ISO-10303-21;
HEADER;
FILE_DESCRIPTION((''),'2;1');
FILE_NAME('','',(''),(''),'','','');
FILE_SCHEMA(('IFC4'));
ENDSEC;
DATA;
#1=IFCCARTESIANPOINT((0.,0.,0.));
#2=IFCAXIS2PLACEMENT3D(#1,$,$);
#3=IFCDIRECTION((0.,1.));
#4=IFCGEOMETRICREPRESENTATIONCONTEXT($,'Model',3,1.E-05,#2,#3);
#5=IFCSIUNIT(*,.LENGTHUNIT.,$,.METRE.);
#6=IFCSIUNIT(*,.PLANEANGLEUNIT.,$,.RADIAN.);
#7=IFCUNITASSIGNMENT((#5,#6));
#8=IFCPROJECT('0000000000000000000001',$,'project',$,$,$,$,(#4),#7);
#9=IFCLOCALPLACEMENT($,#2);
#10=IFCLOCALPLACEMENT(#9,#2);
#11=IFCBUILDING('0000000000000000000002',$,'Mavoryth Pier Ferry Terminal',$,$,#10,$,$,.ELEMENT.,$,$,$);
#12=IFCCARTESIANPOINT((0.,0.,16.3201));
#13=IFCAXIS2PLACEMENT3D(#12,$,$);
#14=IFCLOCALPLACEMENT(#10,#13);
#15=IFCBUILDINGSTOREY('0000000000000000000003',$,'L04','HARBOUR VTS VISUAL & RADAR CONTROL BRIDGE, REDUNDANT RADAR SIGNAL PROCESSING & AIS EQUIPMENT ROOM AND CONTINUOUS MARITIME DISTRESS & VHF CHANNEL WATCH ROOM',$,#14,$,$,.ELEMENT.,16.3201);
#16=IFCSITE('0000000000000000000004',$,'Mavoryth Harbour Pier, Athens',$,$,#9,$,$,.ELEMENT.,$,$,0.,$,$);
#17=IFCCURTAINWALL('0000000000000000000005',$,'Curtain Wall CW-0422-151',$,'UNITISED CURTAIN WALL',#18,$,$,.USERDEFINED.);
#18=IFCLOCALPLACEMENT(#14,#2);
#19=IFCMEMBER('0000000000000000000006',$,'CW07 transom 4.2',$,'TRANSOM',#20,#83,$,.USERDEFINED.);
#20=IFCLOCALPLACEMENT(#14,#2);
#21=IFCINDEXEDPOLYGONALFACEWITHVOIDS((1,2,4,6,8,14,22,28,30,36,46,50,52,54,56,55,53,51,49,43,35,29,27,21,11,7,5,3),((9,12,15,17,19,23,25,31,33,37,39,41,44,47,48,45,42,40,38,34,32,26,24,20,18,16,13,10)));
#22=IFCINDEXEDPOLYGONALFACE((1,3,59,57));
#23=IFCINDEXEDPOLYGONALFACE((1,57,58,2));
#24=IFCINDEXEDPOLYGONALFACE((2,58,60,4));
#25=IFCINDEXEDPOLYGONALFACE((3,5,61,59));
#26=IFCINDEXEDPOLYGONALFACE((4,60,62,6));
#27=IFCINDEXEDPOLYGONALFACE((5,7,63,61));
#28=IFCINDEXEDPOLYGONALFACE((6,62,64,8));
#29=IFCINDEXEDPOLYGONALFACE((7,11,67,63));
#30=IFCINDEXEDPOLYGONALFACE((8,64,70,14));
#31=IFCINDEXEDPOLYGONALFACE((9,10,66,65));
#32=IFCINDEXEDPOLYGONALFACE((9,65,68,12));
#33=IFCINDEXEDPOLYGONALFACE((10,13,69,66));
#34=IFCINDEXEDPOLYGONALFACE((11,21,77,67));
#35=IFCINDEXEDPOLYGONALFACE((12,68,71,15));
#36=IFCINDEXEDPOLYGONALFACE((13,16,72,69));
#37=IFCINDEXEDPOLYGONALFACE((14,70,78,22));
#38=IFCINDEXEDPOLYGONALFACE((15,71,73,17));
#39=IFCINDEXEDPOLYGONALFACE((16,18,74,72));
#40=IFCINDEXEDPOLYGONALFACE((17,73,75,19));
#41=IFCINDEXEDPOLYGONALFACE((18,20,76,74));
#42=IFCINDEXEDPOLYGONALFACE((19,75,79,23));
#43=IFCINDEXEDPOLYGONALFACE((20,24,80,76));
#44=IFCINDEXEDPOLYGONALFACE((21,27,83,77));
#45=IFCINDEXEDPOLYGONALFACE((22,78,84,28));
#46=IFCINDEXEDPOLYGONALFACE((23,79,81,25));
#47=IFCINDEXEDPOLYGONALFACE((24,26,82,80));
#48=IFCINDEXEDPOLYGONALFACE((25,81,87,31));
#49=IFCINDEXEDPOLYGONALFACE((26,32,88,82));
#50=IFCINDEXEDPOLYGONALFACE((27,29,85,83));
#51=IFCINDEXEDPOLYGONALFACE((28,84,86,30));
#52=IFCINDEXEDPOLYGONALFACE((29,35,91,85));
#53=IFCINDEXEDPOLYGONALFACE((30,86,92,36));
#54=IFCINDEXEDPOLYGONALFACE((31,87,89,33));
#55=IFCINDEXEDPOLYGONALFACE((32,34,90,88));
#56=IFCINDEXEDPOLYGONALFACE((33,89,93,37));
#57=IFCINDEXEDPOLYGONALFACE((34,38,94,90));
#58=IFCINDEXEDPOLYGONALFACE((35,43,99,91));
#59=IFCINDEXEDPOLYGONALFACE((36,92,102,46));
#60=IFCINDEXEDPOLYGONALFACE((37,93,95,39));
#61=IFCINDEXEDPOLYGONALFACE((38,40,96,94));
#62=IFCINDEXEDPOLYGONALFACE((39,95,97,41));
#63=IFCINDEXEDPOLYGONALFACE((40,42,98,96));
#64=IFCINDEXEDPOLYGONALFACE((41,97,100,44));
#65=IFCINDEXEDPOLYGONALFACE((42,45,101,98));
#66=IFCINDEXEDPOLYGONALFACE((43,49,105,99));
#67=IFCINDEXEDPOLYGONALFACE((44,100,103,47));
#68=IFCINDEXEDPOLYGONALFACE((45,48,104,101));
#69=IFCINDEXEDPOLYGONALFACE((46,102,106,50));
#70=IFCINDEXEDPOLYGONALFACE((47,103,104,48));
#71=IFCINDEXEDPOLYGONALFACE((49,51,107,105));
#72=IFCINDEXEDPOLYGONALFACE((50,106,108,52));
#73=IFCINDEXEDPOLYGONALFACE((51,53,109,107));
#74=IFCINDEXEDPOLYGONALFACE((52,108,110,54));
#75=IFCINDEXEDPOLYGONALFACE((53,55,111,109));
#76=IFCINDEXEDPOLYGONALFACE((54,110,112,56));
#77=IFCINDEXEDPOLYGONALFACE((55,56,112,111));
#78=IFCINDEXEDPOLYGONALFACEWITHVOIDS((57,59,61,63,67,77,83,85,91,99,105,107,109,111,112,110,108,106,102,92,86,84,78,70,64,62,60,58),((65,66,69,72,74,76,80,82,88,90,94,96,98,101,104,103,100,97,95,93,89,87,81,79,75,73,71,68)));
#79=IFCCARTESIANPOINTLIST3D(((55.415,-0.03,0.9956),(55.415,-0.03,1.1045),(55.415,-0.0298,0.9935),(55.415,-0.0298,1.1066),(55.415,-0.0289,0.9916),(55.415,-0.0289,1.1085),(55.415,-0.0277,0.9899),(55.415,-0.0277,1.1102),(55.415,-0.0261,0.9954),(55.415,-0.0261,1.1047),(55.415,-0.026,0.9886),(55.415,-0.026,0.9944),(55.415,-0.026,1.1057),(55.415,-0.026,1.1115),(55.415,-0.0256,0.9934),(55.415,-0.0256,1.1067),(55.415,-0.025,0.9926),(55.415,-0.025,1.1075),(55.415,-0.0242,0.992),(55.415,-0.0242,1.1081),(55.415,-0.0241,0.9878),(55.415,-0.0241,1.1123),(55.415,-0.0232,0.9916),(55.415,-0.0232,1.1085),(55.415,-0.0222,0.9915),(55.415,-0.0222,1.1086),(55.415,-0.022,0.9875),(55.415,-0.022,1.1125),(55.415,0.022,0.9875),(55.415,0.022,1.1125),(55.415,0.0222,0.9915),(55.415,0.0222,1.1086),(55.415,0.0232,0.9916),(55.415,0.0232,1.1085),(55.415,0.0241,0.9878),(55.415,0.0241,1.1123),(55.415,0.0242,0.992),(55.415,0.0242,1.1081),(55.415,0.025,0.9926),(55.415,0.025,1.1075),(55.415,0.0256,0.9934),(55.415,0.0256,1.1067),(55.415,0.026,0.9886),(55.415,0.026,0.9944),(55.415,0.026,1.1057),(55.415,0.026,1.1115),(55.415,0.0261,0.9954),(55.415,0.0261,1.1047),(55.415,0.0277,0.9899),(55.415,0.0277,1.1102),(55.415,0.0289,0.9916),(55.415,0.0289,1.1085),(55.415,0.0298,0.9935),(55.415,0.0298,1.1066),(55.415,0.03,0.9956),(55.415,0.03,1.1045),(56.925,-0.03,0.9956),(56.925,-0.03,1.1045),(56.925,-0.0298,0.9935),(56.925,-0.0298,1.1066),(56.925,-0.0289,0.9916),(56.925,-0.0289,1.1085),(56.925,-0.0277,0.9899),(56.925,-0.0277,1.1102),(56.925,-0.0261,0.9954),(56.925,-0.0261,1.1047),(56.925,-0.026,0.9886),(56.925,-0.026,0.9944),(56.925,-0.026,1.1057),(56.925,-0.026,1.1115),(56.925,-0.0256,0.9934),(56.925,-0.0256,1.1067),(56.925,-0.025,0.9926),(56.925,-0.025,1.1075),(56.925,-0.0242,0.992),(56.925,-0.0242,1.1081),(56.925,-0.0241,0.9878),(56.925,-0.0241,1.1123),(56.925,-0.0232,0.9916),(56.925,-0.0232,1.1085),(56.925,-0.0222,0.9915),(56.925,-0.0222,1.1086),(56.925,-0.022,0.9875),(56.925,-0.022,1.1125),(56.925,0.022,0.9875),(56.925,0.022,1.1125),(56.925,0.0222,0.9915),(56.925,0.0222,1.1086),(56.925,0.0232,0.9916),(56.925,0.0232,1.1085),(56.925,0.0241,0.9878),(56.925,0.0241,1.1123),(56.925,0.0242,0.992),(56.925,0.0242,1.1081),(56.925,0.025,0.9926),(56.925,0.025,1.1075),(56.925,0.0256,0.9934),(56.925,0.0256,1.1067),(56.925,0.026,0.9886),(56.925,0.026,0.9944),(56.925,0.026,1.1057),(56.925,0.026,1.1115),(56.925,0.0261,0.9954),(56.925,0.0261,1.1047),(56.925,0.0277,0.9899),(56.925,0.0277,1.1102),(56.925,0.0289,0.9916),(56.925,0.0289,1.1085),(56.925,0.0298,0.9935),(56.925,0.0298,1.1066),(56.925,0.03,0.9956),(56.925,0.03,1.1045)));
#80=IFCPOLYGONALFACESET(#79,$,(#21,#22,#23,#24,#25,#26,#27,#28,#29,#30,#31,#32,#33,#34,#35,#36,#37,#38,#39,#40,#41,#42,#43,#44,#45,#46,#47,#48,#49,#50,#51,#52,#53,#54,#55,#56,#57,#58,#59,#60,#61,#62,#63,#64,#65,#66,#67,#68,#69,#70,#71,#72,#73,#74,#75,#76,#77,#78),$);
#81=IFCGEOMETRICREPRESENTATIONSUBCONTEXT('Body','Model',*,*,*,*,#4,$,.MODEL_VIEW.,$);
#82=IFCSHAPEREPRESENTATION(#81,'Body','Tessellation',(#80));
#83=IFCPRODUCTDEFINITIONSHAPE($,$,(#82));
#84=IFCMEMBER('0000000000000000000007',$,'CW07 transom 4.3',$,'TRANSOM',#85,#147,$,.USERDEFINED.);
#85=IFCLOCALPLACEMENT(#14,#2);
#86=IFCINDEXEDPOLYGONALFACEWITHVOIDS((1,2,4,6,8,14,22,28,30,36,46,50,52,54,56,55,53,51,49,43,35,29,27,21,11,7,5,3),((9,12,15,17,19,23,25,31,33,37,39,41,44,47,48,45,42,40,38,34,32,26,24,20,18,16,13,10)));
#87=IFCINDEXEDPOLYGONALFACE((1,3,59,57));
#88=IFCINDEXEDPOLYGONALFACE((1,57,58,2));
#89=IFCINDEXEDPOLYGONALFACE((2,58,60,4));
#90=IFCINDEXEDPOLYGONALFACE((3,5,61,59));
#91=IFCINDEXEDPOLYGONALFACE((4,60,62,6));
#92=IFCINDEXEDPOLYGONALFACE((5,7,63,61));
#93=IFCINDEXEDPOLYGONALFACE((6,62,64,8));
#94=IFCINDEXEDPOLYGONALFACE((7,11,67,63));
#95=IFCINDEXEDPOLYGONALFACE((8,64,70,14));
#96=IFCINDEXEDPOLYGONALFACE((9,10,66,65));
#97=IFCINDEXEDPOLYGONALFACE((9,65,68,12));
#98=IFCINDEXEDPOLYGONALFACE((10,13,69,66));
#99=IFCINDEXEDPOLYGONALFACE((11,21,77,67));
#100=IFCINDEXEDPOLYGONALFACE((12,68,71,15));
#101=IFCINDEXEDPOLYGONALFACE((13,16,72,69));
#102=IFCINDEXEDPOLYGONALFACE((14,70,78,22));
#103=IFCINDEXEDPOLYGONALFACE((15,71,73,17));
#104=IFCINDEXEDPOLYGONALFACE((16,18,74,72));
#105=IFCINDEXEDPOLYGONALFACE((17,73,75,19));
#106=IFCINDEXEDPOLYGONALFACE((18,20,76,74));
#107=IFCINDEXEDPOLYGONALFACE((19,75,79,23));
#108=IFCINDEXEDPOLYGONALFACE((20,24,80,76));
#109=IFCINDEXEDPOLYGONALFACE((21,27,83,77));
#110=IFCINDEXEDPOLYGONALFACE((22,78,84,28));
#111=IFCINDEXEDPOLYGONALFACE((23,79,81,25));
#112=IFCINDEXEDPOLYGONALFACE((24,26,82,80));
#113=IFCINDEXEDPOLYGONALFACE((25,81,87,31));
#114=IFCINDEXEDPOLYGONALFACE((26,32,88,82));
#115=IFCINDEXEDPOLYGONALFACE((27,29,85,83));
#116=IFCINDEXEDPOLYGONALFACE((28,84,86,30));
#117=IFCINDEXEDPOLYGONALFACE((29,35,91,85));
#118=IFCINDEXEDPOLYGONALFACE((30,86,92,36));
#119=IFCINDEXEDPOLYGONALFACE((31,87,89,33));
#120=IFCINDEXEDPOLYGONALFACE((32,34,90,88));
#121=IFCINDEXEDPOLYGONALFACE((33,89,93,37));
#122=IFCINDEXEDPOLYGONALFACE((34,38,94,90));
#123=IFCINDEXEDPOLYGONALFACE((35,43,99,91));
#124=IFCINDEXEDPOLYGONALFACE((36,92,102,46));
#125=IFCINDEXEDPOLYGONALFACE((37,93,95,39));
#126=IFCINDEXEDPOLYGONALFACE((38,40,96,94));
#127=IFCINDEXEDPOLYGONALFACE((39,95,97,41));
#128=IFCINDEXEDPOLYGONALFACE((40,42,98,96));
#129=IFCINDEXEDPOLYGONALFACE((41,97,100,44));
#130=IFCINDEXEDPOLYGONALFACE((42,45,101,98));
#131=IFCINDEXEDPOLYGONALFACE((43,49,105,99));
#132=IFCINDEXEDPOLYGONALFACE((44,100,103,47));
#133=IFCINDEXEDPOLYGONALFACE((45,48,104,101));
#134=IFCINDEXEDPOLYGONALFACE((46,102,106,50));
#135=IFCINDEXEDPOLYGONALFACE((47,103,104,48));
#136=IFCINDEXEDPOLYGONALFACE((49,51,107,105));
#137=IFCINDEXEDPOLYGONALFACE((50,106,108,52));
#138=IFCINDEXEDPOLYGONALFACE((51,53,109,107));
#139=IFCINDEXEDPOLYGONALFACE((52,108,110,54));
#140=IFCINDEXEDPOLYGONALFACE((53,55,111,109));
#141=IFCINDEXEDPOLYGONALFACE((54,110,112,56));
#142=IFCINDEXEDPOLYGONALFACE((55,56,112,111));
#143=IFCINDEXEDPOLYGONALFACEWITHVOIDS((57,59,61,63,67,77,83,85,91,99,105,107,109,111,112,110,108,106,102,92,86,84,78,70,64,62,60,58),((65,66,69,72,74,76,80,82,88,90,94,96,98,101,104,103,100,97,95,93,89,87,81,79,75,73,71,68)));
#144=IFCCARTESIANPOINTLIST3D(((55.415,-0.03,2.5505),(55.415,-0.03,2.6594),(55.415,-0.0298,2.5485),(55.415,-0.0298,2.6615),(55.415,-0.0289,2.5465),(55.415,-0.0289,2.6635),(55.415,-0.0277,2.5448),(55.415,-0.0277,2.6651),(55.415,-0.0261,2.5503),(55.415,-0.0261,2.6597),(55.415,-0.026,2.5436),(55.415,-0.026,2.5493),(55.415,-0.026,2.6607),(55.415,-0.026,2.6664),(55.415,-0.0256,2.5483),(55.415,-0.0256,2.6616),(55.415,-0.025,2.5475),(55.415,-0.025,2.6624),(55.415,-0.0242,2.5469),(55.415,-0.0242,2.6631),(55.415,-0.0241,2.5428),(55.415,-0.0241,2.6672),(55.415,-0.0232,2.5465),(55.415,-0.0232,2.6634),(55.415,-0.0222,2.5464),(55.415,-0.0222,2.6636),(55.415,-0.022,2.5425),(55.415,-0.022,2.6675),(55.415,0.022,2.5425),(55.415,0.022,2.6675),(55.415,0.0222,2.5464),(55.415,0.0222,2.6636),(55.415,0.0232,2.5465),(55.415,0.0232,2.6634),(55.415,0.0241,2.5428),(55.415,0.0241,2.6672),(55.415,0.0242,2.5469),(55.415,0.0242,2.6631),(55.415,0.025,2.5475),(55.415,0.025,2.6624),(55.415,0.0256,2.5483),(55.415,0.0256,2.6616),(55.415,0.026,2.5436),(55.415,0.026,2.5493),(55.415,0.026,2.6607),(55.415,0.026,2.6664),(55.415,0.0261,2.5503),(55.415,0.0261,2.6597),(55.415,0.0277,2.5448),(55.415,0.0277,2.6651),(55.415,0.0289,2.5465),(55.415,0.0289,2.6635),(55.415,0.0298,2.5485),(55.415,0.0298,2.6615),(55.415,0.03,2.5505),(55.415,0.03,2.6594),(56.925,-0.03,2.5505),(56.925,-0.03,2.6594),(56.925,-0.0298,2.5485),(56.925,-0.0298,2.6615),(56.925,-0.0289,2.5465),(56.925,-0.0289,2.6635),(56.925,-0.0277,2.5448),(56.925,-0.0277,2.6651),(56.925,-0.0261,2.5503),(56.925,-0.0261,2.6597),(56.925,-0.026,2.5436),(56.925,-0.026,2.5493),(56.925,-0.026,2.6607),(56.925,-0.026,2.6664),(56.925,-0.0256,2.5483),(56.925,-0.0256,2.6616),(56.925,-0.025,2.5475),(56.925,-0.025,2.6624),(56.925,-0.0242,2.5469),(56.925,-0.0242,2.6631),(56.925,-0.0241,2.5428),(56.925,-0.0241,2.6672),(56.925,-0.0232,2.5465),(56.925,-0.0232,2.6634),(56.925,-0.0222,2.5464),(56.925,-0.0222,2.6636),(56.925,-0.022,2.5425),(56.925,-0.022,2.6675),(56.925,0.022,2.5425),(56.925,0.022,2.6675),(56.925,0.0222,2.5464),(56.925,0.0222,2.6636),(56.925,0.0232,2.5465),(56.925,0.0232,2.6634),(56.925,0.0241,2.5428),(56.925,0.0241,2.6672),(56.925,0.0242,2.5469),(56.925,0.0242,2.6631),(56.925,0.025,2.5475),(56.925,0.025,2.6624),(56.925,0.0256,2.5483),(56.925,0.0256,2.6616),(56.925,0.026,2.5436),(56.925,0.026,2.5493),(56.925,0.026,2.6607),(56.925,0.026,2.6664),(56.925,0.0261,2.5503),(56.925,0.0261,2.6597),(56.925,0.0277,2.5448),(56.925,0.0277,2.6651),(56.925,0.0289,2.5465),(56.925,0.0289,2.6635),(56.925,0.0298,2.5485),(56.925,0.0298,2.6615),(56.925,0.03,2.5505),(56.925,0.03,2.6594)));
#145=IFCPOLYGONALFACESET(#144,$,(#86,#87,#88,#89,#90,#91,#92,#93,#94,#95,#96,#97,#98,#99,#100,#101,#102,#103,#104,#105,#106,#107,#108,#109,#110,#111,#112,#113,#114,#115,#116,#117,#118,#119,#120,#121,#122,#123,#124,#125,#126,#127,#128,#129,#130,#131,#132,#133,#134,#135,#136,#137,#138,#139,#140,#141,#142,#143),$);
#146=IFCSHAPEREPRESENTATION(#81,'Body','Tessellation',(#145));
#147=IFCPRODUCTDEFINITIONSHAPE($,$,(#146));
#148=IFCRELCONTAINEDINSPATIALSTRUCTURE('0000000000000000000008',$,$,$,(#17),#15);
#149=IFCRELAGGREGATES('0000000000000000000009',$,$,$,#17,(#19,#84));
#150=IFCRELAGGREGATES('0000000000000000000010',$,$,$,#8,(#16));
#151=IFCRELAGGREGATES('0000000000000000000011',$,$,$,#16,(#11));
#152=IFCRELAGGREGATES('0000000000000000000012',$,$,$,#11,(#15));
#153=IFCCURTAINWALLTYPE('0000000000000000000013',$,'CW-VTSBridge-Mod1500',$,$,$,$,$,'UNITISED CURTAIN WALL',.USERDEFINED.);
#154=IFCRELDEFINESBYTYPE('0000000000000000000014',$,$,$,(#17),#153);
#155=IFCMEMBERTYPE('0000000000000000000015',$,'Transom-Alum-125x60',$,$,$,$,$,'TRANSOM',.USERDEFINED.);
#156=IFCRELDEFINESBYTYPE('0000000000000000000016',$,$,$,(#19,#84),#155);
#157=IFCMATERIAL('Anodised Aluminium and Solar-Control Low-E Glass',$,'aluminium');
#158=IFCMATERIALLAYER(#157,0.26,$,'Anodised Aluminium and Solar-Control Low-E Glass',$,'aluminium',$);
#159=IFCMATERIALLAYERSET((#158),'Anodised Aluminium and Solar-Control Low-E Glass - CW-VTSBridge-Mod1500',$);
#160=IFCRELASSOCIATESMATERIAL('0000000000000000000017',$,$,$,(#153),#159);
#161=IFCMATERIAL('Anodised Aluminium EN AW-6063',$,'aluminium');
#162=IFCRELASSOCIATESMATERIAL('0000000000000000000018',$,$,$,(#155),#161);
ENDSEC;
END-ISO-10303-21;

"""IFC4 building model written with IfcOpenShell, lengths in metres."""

from ifc_helpers import new_model, si_unit, direction, frame, origin, origin_2d, place, context, subcontext, project, spatial, hollow_rectangle, extrude, material, layer, layer_set, material_profile, profile_set, type_object, element, aggregate, save


model = new_model("IFC4")

# Units and contexts
model_context = context("Model", 3, precision=1e-05, world=origin(), true_north=direction((0.0, 1.0)))
body_context = subcontext(model_context, "Body", "Model", "MODEL_VIEW")
ifc_project = project(units=[si_unit("LENGTHUNIT", "METRE"), si_unit("PLANEANGLEUNIT", "RADIAN")], contexts=[model_context])

# Site, building, storey
site_placement = place(None, origin())
site = spatial("IfcSite", under=ifc_project, at=site_placement, Name="Mavoryth Harbour Pier, Athens", CompositionType="ELEMENT", RefElevation=0.0)
building_placement = place(site_placement, origin())
building = spatial("IfcBuilding", under=site, at=building_placement, Name="Mavoryth Pier Ferry Terminal", CompositionType="ELEMENT")
storey_placement = place(building_placement, frame((0.0, 0.0, 16.3201)))
storey = spatial("IfcBuildingStorey", under=building, at=storey_placement, Name="L04", Description="HARBOUR VTS VISUAL & RADAR CONTROL BRIDGE, REDUNDANT RADAR SIGNAL PROCESSING & AIS EQUIPMENT ROOM AND CONTINUOUS MARITIME DISTRESS & VHF CHANNEL WATCH ROOM", CompositionType="ELEMENT", Elevation=16.3201)

# Curtain wall, members
ifc_material_1 = material(Name="Anodised Aluminium and Solar-Control Low-E Glass", Category="aluminium")
ifc_layer_1 = layer(ifc_material_1, 0.26, Name="Anodised Aluminium and Solar-Control Low-E Glass", Category="aluminium")
ifc_layer_set_1 = layer_set([ifc_layer_1], Name="Anodised Aluminium and Solar-Control Low-E Glass - CW-VTSBridge-Mod1500")
curtain_wall_type = type_object("IfcCurtainWallType", Name="CW-VTSBridge-Mod1500", ElementType="UNITISED CURTAIN WALL", PredefinedType="USERDEFINED", material=ifc_layer_set_1)
curtain_wall_placement = place(storey_placement, origin())
curtain_wall = element("IfcCurtainWall", 1, at=curtain_wall_placement, inside=storey, type_object=curtain_wall_type, Name="Curtain Wall CW-0422-151", ObjectType="UNITISED CURTAIN WALL", PredefinedType="USERDEFINED")
ifc_material_2 = material(Name="Anodised Aluminium EN AW-6063", Category="aluminium")
ifc_material_profile_1 = material_profile(ifc_material_2, hollow_rectangle(XDim=0.0601, YDim=0.125, WallThickness=0.0039, InnerFilletRadius=0.0039, OuterFilletRadius=0.0081, at=origin_2d()), Name="AL-TRAN 125x60x4", Category="aluminium")
ifc_profile_set_1 = profile_set([ifc_material_profile_1], Name="Anodised Aluminium EN AW-6063 - AL-TRAN 125x60x4")
member_type_1 = type_object("IfcMemberType", Name="Transom-Alum-125x60", ElementType="TRANSOM", PredefinedType="USERDEFINED", material=ifc_profile_set_1)
member_1_placement = place(storey_placement, frame((55.415, 0.0, 1.05), z_axis=(1.0, 0.0, 0.0), x_axis=(0.0, 1.0, 0.0)))
member_1 = element("IfcMember", 2, at=member_1_placement, type_object=member_type_1, Name="CW07 transom 4.2", ObjectType="TRANSOM", PredefinedType="USERDEFINED", context=body_context, shape_type="SweptSolid", body=[
    extrude(hollow_rectangle(XDim=0.0601, YDim=0.125, WallThickness=0.0039, InnerFilletRadius=0.0039, OuterFilletRadius=0.0081, at=origin_2d()), origin(), (0.0, 0.0, 1.0), 1.51),
])
member_2_placement = place(storey_placement, frame((55.415, 0.0, 2.605), z_axis=(1.0, 0.0, 0.0), x_axis=(0.0, 1.0, 0.0)))
member_2 = element("IfcMember", 3, at=member_2_placement, type_object=member_type_1, Name="CW07 transom 4.3", ObjectType="TRANSOM", PredefinedType="USERDEFINED", context=body_context, shape_type="SweptSolid", body=[
    extrude(hollow_rectangle(XDim=0.0601, YDim=0.125, WallThickness=0.0039, InnerFilletRadius=0.0039, OuterFilletRadius=0.0081, at=origin_2d()), origin(), (0.0, 0.0, 1.0), 1.51),
])
aggregate(curtain_wall, [member_1, member_2])

save(model, "model.ifc")
